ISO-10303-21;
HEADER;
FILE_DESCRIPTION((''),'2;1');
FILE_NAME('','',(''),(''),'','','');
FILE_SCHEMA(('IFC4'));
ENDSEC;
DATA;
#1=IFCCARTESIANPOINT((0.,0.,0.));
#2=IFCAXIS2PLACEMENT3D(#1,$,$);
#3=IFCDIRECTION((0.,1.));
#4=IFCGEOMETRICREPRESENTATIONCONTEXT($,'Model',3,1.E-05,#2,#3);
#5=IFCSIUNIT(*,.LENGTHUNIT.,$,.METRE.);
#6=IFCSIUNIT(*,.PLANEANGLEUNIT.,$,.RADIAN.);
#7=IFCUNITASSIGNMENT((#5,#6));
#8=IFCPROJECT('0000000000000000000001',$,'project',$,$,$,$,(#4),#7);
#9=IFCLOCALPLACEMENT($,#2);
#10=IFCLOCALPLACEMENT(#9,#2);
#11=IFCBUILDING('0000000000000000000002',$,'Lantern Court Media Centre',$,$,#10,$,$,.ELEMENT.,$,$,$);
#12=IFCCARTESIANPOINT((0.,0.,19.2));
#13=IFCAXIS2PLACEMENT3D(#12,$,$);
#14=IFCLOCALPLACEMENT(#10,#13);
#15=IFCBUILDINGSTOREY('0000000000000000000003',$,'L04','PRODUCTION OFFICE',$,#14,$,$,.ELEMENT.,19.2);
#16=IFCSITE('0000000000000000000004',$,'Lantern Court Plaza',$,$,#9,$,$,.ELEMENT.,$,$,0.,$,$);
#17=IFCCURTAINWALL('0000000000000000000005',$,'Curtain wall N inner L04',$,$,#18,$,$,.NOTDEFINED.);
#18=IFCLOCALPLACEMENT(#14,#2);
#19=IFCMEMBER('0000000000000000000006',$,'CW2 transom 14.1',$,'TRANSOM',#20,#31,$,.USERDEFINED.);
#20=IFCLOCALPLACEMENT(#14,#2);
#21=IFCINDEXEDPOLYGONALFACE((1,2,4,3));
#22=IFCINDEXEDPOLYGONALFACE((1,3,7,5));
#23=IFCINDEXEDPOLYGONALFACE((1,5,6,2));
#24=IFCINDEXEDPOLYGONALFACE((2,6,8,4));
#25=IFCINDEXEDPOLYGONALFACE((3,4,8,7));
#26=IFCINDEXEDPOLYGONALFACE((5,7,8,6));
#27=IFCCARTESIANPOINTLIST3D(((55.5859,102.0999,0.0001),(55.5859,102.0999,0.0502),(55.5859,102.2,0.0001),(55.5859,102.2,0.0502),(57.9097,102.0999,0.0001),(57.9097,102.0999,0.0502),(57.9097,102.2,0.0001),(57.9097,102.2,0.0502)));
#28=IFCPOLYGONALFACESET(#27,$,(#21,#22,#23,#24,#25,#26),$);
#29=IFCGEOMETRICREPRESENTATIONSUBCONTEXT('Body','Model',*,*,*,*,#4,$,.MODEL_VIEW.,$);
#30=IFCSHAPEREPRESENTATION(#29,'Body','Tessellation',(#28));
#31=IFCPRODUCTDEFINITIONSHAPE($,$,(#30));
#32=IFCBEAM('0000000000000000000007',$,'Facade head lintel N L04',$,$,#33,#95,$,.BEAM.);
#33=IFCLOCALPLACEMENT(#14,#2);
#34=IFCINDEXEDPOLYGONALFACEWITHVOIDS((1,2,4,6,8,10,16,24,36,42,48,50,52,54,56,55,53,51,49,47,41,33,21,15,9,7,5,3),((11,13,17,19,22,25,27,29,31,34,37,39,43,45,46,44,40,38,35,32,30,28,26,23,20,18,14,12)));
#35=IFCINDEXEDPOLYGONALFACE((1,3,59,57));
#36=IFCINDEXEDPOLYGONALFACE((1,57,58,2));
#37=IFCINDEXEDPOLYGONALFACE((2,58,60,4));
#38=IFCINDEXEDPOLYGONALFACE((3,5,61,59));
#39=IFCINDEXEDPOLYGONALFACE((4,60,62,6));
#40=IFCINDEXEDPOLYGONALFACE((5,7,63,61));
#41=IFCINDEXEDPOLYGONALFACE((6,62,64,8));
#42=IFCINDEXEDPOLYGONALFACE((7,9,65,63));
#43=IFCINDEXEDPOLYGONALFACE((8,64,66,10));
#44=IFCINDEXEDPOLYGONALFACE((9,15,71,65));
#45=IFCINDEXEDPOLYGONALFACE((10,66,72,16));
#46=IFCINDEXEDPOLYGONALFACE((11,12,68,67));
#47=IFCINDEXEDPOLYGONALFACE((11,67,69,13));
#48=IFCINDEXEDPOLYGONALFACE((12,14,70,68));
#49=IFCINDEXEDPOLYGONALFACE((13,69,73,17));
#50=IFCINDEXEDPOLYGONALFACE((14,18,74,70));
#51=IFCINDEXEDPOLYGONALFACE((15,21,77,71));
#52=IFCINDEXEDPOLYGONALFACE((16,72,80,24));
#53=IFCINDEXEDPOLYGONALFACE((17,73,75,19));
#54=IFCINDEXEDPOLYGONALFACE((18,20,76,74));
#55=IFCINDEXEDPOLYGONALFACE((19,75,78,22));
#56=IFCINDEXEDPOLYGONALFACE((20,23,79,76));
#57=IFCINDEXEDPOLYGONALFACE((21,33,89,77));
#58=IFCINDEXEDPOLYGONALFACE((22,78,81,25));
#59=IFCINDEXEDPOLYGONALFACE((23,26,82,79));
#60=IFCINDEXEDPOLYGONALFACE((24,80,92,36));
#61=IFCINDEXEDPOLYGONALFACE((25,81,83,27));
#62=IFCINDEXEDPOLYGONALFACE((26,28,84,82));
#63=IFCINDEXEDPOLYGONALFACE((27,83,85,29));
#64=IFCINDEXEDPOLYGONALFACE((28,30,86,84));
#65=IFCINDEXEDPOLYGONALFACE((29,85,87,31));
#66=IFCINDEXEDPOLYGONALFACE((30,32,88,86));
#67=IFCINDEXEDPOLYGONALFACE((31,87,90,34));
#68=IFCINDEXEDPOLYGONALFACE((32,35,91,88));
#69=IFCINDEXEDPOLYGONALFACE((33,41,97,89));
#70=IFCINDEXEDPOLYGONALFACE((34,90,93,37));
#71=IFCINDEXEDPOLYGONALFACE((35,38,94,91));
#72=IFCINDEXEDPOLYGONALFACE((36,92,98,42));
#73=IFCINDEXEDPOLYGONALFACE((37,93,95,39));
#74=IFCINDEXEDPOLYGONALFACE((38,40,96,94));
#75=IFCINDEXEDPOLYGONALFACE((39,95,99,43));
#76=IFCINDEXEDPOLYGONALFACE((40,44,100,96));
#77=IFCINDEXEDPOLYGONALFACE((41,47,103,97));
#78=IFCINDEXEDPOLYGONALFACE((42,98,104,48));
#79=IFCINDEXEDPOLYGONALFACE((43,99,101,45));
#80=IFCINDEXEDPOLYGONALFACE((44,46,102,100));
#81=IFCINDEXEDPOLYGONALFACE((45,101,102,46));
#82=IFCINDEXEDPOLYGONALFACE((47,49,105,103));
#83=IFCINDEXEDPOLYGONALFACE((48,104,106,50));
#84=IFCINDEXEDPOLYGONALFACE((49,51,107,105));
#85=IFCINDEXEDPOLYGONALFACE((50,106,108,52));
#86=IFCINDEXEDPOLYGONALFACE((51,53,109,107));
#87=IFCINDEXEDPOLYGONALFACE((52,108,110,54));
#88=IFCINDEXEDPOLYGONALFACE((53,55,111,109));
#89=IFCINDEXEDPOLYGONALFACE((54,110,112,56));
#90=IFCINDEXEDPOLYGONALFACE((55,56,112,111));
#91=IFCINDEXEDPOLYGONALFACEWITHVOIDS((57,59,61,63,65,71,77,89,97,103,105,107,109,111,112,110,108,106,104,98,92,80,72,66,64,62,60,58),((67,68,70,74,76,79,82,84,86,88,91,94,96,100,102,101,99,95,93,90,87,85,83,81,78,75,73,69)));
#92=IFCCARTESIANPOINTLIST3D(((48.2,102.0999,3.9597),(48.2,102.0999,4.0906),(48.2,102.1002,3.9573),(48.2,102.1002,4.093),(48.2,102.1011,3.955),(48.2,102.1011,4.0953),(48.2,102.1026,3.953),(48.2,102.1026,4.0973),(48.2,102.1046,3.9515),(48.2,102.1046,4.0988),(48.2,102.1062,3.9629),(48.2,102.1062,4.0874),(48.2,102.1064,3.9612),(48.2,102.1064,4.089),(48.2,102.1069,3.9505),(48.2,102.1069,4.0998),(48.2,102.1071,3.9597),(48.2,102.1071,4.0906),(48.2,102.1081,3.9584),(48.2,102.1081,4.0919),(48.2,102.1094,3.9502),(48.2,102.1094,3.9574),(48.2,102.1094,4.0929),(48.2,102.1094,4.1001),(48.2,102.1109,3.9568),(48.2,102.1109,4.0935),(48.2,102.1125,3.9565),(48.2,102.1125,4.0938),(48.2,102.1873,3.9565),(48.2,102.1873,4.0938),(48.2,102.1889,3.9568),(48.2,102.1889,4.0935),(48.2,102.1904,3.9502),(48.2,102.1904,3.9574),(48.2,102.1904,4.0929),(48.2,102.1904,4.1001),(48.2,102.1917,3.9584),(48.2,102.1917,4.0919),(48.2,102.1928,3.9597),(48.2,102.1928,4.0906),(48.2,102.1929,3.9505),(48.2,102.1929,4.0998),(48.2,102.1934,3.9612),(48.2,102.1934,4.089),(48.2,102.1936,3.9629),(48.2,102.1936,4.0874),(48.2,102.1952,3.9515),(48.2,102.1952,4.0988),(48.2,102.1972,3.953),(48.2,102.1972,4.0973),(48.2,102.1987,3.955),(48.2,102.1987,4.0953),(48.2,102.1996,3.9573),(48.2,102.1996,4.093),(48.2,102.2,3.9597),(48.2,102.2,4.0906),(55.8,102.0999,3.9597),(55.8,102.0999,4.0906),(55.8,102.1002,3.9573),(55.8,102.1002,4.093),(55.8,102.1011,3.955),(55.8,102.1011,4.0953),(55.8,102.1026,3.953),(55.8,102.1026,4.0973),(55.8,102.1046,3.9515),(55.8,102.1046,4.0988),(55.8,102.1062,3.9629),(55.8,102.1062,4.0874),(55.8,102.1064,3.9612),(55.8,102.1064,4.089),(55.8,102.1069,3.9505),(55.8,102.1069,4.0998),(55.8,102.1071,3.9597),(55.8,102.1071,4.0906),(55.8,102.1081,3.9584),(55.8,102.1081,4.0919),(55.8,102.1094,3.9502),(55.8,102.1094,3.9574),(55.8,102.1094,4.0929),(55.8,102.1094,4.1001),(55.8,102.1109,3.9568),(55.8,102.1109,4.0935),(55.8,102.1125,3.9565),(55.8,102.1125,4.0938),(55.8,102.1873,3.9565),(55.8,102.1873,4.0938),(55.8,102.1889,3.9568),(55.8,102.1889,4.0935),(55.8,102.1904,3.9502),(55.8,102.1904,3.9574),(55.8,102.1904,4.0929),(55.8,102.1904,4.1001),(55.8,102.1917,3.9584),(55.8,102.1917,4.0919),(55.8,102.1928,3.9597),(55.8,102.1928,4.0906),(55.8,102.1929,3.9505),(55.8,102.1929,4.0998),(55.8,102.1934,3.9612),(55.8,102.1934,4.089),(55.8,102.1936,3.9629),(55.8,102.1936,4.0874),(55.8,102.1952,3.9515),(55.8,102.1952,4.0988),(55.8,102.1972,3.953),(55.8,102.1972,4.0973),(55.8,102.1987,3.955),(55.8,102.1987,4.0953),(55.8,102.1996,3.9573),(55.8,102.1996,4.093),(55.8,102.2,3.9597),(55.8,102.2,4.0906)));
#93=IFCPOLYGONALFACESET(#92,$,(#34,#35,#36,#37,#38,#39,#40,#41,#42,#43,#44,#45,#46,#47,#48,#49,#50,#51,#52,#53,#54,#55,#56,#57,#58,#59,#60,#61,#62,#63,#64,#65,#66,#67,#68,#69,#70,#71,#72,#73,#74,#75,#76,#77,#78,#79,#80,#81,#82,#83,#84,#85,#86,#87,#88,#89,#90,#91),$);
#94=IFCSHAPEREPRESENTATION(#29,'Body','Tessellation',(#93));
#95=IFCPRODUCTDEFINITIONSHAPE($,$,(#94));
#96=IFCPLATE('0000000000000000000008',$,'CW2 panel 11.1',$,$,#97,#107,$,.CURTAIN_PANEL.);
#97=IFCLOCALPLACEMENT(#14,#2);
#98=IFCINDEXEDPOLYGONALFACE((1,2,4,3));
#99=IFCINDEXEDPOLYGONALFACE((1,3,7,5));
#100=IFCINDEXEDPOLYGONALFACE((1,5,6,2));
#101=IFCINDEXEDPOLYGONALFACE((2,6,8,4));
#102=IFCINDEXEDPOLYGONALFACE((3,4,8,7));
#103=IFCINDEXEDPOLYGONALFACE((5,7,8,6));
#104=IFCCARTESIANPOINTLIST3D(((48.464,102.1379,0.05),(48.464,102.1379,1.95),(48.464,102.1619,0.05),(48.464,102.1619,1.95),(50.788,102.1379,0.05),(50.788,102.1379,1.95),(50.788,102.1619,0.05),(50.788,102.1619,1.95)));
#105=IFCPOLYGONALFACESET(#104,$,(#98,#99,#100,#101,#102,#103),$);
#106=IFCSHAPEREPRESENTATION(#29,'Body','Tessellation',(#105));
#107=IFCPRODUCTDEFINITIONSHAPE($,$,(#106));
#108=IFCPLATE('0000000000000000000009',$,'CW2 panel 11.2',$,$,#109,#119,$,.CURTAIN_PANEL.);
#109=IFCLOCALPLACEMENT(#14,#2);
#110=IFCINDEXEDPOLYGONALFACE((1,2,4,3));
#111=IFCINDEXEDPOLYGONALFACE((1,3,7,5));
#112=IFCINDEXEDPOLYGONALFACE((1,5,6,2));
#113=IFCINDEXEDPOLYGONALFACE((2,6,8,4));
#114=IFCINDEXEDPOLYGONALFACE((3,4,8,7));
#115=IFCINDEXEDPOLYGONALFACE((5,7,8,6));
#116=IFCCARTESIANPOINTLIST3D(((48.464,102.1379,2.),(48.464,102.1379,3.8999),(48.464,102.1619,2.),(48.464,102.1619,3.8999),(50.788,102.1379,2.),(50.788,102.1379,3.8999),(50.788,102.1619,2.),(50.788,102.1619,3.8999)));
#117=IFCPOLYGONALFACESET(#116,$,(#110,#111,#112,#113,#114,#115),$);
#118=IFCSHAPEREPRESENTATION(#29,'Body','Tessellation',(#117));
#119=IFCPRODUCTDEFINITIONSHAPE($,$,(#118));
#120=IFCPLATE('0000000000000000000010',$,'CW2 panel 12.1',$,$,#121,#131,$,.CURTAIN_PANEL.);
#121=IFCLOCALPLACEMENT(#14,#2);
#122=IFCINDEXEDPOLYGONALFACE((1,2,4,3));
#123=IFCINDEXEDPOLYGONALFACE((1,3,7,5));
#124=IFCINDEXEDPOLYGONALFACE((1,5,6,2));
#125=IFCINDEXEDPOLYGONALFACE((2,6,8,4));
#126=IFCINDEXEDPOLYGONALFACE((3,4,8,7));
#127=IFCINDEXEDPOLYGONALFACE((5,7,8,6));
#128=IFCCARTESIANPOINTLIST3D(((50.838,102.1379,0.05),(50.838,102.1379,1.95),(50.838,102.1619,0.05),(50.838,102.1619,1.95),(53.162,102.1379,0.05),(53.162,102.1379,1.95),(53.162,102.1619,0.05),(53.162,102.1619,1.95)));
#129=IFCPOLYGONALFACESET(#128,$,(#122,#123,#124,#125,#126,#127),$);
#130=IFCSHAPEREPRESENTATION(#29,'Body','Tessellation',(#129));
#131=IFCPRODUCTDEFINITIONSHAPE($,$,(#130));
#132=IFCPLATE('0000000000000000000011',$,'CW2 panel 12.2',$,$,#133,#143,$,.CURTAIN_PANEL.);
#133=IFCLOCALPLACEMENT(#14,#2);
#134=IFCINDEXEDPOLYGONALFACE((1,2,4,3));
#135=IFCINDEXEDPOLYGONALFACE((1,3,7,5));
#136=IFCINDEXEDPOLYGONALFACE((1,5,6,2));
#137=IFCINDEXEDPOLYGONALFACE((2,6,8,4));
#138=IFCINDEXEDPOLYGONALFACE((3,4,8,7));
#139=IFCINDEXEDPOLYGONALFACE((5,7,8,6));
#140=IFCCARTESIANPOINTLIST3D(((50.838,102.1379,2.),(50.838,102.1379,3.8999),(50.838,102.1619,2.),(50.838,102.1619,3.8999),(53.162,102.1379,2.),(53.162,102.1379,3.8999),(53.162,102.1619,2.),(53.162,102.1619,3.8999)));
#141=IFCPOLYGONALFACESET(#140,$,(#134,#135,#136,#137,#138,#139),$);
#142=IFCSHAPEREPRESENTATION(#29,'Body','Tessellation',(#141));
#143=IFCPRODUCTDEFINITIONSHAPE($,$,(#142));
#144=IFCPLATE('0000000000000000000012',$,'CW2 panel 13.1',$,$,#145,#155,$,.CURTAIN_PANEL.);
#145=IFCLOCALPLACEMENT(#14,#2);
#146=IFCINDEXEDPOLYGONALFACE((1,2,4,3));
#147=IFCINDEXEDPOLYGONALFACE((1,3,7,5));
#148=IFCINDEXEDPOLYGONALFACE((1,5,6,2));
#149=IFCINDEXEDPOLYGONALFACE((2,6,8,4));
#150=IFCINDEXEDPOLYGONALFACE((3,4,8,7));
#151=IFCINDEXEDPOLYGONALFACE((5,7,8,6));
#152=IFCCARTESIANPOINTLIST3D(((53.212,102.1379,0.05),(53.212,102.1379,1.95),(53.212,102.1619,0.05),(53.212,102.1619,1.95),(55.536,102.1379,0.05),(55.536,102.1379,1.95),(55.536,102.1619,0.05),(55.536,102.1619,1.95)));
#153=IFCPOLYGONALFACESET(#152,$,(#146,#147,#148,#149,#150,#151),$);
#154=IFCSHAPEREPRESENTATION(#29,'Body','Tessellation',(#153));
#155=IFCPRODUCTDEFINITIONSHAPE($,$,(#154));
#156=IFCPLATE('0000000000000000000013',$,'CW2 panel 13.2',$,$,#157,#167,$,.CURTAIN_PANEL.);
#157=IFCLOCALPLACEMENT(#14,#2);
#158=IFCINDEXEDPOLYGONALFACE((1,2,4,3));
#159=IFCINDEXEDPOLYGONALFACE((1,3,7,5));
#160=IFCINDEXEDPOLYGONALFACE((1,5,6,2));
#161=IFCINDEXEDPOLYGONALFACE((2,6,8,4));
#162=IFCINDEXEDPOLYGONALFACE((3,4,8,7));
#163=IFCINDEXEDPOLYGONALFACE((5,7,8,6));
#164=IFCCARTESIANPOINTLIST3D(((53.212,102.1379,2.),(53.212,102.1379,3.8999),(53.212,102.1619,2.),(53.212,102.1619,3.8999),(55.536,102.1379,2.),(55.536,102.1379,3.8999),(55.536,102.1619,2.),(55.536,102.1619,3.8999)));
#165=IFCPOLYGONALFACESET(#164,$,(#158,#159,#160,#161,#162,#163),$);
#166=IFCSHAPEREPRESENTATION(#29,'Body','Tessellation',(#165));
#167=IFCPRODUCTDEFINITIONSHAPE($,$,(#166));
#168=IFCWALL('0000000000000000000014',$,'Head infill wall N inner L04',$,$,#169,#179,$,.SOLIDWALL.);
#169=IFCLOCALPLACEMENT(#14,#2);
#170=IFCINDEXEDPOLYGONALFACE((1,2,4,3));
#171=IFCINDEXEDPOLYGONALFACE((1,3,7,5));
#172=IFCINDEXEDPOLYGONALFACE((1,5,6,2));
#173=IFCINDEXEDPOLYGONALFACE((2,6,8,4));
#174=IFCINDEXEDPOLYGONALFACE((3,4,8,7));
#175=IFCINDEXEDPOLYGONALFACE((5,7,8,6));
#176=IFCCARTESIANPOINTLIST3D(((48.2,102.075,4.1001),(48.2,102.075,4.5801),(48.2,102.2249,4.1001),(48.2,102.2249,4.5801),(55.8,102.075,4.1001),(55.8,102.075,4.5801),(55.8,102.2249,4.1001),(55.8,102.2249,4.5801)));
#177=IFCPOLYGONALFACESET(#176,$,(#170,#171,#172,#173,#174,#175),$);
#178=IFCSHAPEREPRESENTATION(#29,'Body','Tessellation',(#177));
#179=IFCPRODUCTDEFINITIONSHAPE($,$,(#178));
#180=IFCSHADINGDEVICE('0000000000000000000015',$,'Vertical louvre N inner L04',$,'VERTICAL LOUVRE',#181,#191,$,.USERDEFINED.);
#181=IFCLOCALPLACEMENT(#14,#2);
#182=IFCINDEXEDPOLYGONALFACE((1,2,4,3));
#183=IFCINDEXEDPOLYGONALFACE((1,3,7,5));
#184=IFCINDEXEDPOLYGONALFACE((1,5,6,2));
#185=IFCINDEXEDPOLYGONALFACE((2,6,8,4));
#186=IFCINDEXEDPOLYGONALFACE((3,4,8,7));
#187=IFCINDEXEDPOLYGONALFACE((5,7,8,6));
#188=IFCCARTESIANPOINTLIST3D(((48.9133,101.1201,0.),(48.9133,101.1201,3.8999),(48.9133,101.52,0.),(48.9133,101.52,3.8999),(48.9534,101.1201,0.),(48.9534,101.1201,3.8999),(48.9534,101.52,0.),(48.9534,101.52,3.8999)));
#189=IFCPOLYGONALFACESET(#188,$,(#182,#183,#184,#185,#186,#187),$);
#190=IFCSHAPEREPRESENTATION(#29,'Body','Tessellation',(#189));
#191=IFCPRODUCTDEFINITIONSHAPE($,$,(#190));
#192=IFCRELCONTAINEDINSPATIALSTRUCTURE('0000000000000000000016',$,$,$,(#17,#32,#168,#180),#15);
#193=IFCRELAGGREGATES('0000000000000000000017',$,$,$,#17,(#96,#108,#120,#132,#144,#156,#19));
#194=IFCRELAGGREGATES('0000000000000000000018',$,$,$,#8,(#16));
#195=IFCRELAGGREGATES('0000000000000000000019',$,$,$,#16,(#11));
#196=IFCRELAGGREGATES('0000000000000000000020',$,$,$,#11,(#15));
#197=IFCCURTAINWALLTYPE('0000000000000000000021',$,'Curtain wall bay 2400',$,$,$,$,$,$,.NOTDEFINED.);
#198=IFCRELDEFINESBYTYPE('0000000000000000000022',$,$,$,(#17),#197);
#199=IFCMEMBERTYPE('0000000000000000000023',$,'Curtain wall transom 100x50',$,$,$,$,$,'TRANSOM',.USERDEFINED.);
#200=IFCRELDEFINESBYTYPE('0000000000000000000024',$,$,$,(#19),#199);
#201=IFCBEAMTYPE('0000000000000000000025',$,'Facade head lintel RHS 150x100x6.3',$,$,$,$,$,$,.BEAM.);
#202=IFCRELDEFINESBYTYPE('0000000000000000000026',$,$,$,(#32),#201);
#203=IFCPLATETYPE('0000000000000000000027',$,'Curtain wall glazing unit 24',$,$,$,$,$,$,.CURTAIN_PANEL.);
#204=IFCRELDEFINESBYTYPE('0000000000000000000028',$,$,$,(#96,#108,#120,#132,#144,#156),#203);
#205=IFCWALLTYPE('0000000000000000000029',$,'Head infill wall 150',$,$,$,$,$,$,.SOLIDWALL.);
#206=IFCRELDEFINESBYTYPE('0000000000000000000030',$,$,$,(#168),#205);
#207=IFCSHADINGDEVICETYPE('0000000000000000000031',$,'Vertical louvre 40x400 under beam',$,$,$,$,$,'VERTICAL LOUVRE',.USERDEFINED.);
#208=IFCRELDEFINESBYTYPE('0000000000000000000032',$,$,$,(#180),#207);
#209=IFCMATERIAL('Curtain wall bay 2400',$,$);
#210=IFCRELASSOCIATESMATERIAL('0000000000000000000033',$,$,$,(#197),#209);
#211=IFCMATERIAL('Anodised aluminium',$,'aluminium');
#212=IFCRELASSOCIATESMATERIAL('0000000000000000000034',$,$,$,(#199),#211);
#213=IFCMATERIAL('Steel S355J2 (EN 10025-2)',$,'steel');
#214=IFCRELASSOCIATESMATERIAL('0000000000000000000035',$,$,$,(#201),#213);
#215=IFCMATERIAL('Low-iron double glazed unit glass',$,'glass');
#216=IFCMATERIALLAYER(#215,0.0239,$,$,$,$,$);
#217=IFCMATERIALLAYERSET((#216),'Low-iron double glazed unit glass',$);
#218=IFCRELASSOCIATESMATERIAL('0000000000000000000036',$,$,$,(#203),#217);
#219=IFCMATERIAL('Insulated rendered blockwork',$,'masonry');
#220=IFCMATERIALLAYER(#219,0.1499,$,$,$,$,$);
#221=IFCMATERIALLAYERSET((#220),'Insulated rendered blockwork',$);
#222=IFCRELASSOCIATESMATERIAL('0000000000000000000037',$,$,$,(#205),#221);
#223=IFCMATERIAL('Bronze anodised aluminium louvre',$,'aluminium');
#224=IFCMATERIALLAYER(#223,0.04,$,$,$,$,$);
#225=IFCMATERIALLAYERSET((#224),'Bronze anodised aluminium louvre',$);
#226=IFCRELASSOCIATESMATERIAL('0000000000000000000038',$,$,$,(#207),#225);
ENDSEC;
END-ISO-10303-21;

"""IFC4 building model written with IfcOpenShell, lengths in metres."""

from ifc_helpers import new_model, si_unit, direction, frame, frame_2d, origin, origin_2d, place, context, subcontext, project, spatial, rectangle, hollow_rectangle, extrude, material, layer, layer_set, material_profile, profile_set, type_object, element, aggregate, save


model = new_model("IFC4")

# Units and contexts
model_context = context("Model", 3, precision=1e-05, world=origin(), true_north=direction((0.0, 1.0)))
body_context = subcontext(model_context, "Body", "Model", "MODEL_VIEW")
ifc_project = project(units=[si_unit("LENGTHUNIT", "METRE"), si_unit("PLANEANGLEUNIT", "RADIAN")], contexts=[model_context])

# Site, building, storey
site_placement = place(None, origin())
site = spatial("IfcSite", under=ifc_project, at=site_placement, Name="Lantern Court Plaza", CompositionType="ELEMENT", RefElevation=0.0)
building_placement = place(site_placement, origin())
building = spatial("IfcBuilding", under=site, at=building_placement, Name="Lantern Court Media Centre", CompositionType="ELEMENT")
storey_placement = place(building_placement, frame((0.0, 0.0, 19.2)))
storey = spatial("IfcBuildingStorey", under=building, at=storey_placement, Name="L04", Description="PRODUCTION OFFICE", CompositionType="ELEMENT", Elevation=19.2)

# Curtain wall, member
ifc_material_1 = material(Name="Curtain wall bay 2400")
curtain_wall_type = type_object("IfcCurtainWallType", Name="Curtain wall bay 2400", PredefinedType="NOTDEFINED", material=ifc_material_1)
curtain_wall_placement = place(storey_placement, origin())
curtain_wall = element("IfcCurtainWall", 1, at=curtain_wall_placement, inside=storey, type_object=curtain_wall_type, Name="Curtain wall N inner L04", PredefinedType="NOTDEFINED")
ifc_material_2 = material(Name="Anodised aluminium", Category="aluminium")
ifc_material_profile_1 = material_profile(ifc_material_2, rectangle(XDim=0.1001, YDim=0.05, at=origin_2d()), Name="AL 50x100")
ifc_profile_set_1 = profile_set([ifc_material_profile_1], Name="Anodised aluminium")
member_type_1 = type_object("IfcMemberType", Name="Curtain wall transom 100x50", ElementType="TRANSOM", PredefinedType="USERDEFINED", material=ifc_profile_set_1)
member_1_placement = place(storey_placement, frame((55.5859, 102.1499, 0.0251), z_axis=(1.0, 0.0, 0.0), x_axis=(0.0, 1.0, 0.0)))
member_1 = element("IfcMember", 2, at=member_1_placement, type_object=member_type_1, Name="CW2 transom 14.1", ObjectType="TRANSOM", PredefinedType="USERDEFINED", context=body_context, shape_type="SweptSolid", body=[
    extrude(rectangle(XDim=0.1001, YDim=0.05, at=origin_2d()), origin(), (0.0, 0.0, 1.0), 2.3237),
])

# Beam
ifc_material_3 = material(Name="Steel S355J2 (EN 10025-2)", Category="steel")
ifc_material_profile_2 = material_profile(ifc_material_3, hollow_rectangle(XDim=0.1001, YDim=0.1499, WallThickness=0.0063, InnerFilletRadius=0.0063, OuterFilletRadius=0.0095, at=origin_2d()), Name="Facade head lintel RHS 150x100x6.3")
ifc_profile_set_2 = profile_set([ifc_material_profile_2], Name="Steel S355J2 (EN 10025-2)")
beam_type = type_object("IfcBeamType", Name="Facade head lintel RHS 150x100x6.3", PredefinedType="BEAM", material=ifc_profile_set_2)
beam_placement = place(storey_placement, frame((48.2, 102.1499, 4.0251), z_axis=(1.0, 0.0, 0.0), x_axis=(0.0, 1.0, 0.0)))
element("IfcBeam", 3, at=beam_placement, inside=storey, type_object=beam_type, Name="Facade head lintel N L04", PredefinedType="BEAM", context=body_context, shape_type="SweptSolid", body=[
    extrude(hollow_rectangle(XDim=0.1001, YDim=0.1499, WallThickness=0.0063, InnerFilletRadius=0.0063, OuterFilletRadius=0.0095, at=origin_2d()), origin(), (0.0, 0.0, 1.0), 7.6001),
])

# Plates
ifc_material_4 = material(Name="Low-iron double glazed unit glass", Category="glass")
ifc_layer_1 = layer(ifc_material_4, 0.0239)
ifc_layer_set_1 = layer_set([ifc_layer_1], Name="Low-iron double glazed unit glass")
plate_type = type_object("IfcPlateType", Name="Curtain wall glazing unit 24", PredefinedType="CURTAIN_PANEL", material=ifc_layer_set_1)
plate_1_placement = place(storey_placement, frame((49.626, 102.1499, 0.05), z_axis=(0.0, 0.0, 1.0), x_axis=(1.0, 0.0, 0.0)))
plate_1 = element("IfcPlate", 4, at=plate_1_placement, type_object=plate_type, Name="CW2 panel 11.1", PredefinedType="CURTAIN_PANEL", context=body_context, shape_type="SweptSolid", body=[
    extrude(rectangle(XDim=2.324, YDim=0.0239, at=origin_2d()), origin(), (0.0, 0.0, 1.0), 1.8999),
])
plate_2_placement = place(storey_placement, frame((49.626, 102.1499, 2.0), z_axis=(0.0, 0.0, 1.0), x_axis=(1.0, 0.0, 0.0)))
plate_2 = element("IfcPlate", 5, at=plate_2_placement, type_object=plate_type, Name="CW2 panel 11.2", PredefinedType="CURTAIN_PANEL", context=body_context, shape_type="SweptSolid", body=[
    extrude(rectangle(XDim=2.324, YDim=0.0239, at=origin_2d()), origin(), (0.0, 0.0, 1.0), 1.8999),
])
plate_3_placement = place(storey_placement, frame((52.0, 102.1499, 0.05), z_axis=(0.0, 0.0, 1.0), x_axis=(1.0, 0.0, 0.0)))
plate_3 = element("IfcPlate", 6, at=plate_3_placement, type_object=plate_type, Name="CW2 panel 12.1", PredefinedType="CURTAIN_PANEL", context=body_context, shape_type="SweptSolid", body=[
    extrude(rectangle(XDim=2.324, YDim=0.0239, at=origin_2d()), origin(), (0.0, 0.0, 1.0), 1.8999),
])
plate_4_placement = place(storey_placement, frame((52.0, 102.1499, 2.0), z_axis=(0.0, 0.0, 1.0), x_axis=(1.0, 0.0, 0.0)))
plate_4 = element("IfcPlate", 7, at=plate_4_placement, type_object=plate_type, Name="CW2 panel 12.2", PredefinedType="CURTAIN_PANEL", context=body_context, shape_type="SweptSolid", body=[
    extrude(rectangle(XDim=2.324, YDim=0.0239, at=origin_2d()), origin(), (0.0, 0.0, 1.0), 1.8999),
])
plate_5_placement = place(storey_placement, frame((54.374, 102.1499, 0.05), z_axis=(0.0, 0.0, 1.0), x_axis=(1.0, 0.0, 0.0)))
plate_5 = element("IfcPlate", 8, at=plate_5_placement, type_object=plate_type, Name="CW2 panel 13.1", PredefinedType="CURTAIN_PANEL", context=body_context, shape_type="SweptSolid", body=[
    extrude(rectangle(XDim=2.324, YDim=0.0239, at=origin_2d()), origin(), (0.0, 0.0, 1.0), 1.8999),
])
plate_6_placement = place(storey_placement, frame((54.374, 102.1499, 2.0), z_axis=(0.0, 0.0, 1.0), x_axis=(1.0, 0.0, 0.0)))
plate_6 = element("IfcPlate", 9, at=plate_6_placement, type_object=plate_type, Name="CW2 panel 13.2", PredefinedType="CURTAIN_PANEL", context=body_context, shape_type="SweptSolid", body=[
    extrude(rectangle(XDim=2.324, YDim=0.0239, at=origin_2d()), origin(), (0.0, 0.0, 1.0), 1.8999),
])
aggregate(curtain_wall, [plate_1, plate_2, plate_3, plate_4, plate_5, plate_6, member_1])

# Wall
ifc_material_5 = material(Name="Insulated rendered blockwork", Category="masonry")
ifc_layer_2 = layer(ifc_material_5, 0.1499)
ifc_layer_set_2 = layer_set([ifc_layer_2], Name="Insulated rendered blockwork")
wall_type = type_object("IfcWallType", Name="Head infill wall 150", PredefinedType="SOLIDWALL", material=ifc_layer_set_2)
wall_placement = place(storey_placement, frame((48.2, 102.1499, 4.1001), z_axis=(0.0, 0.0, 1.0), x_axis=(1.0, 0.0, 0.0)))
element("IfcWall", 10, at=wall_placement, inside=storey, type_object=wall_type, Name="Head infill wall N inner L04", PredefinedType="SOLIDWALL", context=body_context, shape_type="SweptSolid", body=[
    extrude(rectangle(XDim=7.6001, YDim=0.1499, at=frame_2d((3.8, 0.0))), origin(), (0.0, 0.0, 1.0), 0.48),
])

# Shading device
ifc_material_6 = material(Name="Bronze anodised aluminium louvre", Category="aluminium")
ifc_layer_3 = layer(ifc_material_6, 0.04)
ifc_layer_set_3 = layer_set([ifc_layer_3], Name="Bronze anodised aluminium louvre")
shading_device_type = type_object("IfcShadingDeviceType", Name="Vertical louvre 40x400 under beam", ElementType="VERTICAL LOUVRE", PredefinedType="USERDEFINED", material=ifc_layer_set_3)
for number, where, z_axis, x_axis, name in (
    (11, (48.9333, 101.3201, 0.0), (0.0, 0.0, 1.0), (1.0, 0.0, 0.0), "Vertical louvre N inner L04"),
):
    element("IfcShadingDevice", number, at=place(storey_placement, frame(where, z_axis=z_axis, x_axis=x_axis)), inside=storey, type_object=shading_device_type, Name=name, ObjectType="VERTICAL LOUVRE", PredefinedType="USERDEFINED", context=body_context, shape_type="SweptSolid", body=[
        extrude(rectangle(XDim=0.04, YDim=0.3999, at=origin_2d()), origin(), (0.0, 0.0, 1.0), 3.8999),
    ])

save(model, "model.ifc")
